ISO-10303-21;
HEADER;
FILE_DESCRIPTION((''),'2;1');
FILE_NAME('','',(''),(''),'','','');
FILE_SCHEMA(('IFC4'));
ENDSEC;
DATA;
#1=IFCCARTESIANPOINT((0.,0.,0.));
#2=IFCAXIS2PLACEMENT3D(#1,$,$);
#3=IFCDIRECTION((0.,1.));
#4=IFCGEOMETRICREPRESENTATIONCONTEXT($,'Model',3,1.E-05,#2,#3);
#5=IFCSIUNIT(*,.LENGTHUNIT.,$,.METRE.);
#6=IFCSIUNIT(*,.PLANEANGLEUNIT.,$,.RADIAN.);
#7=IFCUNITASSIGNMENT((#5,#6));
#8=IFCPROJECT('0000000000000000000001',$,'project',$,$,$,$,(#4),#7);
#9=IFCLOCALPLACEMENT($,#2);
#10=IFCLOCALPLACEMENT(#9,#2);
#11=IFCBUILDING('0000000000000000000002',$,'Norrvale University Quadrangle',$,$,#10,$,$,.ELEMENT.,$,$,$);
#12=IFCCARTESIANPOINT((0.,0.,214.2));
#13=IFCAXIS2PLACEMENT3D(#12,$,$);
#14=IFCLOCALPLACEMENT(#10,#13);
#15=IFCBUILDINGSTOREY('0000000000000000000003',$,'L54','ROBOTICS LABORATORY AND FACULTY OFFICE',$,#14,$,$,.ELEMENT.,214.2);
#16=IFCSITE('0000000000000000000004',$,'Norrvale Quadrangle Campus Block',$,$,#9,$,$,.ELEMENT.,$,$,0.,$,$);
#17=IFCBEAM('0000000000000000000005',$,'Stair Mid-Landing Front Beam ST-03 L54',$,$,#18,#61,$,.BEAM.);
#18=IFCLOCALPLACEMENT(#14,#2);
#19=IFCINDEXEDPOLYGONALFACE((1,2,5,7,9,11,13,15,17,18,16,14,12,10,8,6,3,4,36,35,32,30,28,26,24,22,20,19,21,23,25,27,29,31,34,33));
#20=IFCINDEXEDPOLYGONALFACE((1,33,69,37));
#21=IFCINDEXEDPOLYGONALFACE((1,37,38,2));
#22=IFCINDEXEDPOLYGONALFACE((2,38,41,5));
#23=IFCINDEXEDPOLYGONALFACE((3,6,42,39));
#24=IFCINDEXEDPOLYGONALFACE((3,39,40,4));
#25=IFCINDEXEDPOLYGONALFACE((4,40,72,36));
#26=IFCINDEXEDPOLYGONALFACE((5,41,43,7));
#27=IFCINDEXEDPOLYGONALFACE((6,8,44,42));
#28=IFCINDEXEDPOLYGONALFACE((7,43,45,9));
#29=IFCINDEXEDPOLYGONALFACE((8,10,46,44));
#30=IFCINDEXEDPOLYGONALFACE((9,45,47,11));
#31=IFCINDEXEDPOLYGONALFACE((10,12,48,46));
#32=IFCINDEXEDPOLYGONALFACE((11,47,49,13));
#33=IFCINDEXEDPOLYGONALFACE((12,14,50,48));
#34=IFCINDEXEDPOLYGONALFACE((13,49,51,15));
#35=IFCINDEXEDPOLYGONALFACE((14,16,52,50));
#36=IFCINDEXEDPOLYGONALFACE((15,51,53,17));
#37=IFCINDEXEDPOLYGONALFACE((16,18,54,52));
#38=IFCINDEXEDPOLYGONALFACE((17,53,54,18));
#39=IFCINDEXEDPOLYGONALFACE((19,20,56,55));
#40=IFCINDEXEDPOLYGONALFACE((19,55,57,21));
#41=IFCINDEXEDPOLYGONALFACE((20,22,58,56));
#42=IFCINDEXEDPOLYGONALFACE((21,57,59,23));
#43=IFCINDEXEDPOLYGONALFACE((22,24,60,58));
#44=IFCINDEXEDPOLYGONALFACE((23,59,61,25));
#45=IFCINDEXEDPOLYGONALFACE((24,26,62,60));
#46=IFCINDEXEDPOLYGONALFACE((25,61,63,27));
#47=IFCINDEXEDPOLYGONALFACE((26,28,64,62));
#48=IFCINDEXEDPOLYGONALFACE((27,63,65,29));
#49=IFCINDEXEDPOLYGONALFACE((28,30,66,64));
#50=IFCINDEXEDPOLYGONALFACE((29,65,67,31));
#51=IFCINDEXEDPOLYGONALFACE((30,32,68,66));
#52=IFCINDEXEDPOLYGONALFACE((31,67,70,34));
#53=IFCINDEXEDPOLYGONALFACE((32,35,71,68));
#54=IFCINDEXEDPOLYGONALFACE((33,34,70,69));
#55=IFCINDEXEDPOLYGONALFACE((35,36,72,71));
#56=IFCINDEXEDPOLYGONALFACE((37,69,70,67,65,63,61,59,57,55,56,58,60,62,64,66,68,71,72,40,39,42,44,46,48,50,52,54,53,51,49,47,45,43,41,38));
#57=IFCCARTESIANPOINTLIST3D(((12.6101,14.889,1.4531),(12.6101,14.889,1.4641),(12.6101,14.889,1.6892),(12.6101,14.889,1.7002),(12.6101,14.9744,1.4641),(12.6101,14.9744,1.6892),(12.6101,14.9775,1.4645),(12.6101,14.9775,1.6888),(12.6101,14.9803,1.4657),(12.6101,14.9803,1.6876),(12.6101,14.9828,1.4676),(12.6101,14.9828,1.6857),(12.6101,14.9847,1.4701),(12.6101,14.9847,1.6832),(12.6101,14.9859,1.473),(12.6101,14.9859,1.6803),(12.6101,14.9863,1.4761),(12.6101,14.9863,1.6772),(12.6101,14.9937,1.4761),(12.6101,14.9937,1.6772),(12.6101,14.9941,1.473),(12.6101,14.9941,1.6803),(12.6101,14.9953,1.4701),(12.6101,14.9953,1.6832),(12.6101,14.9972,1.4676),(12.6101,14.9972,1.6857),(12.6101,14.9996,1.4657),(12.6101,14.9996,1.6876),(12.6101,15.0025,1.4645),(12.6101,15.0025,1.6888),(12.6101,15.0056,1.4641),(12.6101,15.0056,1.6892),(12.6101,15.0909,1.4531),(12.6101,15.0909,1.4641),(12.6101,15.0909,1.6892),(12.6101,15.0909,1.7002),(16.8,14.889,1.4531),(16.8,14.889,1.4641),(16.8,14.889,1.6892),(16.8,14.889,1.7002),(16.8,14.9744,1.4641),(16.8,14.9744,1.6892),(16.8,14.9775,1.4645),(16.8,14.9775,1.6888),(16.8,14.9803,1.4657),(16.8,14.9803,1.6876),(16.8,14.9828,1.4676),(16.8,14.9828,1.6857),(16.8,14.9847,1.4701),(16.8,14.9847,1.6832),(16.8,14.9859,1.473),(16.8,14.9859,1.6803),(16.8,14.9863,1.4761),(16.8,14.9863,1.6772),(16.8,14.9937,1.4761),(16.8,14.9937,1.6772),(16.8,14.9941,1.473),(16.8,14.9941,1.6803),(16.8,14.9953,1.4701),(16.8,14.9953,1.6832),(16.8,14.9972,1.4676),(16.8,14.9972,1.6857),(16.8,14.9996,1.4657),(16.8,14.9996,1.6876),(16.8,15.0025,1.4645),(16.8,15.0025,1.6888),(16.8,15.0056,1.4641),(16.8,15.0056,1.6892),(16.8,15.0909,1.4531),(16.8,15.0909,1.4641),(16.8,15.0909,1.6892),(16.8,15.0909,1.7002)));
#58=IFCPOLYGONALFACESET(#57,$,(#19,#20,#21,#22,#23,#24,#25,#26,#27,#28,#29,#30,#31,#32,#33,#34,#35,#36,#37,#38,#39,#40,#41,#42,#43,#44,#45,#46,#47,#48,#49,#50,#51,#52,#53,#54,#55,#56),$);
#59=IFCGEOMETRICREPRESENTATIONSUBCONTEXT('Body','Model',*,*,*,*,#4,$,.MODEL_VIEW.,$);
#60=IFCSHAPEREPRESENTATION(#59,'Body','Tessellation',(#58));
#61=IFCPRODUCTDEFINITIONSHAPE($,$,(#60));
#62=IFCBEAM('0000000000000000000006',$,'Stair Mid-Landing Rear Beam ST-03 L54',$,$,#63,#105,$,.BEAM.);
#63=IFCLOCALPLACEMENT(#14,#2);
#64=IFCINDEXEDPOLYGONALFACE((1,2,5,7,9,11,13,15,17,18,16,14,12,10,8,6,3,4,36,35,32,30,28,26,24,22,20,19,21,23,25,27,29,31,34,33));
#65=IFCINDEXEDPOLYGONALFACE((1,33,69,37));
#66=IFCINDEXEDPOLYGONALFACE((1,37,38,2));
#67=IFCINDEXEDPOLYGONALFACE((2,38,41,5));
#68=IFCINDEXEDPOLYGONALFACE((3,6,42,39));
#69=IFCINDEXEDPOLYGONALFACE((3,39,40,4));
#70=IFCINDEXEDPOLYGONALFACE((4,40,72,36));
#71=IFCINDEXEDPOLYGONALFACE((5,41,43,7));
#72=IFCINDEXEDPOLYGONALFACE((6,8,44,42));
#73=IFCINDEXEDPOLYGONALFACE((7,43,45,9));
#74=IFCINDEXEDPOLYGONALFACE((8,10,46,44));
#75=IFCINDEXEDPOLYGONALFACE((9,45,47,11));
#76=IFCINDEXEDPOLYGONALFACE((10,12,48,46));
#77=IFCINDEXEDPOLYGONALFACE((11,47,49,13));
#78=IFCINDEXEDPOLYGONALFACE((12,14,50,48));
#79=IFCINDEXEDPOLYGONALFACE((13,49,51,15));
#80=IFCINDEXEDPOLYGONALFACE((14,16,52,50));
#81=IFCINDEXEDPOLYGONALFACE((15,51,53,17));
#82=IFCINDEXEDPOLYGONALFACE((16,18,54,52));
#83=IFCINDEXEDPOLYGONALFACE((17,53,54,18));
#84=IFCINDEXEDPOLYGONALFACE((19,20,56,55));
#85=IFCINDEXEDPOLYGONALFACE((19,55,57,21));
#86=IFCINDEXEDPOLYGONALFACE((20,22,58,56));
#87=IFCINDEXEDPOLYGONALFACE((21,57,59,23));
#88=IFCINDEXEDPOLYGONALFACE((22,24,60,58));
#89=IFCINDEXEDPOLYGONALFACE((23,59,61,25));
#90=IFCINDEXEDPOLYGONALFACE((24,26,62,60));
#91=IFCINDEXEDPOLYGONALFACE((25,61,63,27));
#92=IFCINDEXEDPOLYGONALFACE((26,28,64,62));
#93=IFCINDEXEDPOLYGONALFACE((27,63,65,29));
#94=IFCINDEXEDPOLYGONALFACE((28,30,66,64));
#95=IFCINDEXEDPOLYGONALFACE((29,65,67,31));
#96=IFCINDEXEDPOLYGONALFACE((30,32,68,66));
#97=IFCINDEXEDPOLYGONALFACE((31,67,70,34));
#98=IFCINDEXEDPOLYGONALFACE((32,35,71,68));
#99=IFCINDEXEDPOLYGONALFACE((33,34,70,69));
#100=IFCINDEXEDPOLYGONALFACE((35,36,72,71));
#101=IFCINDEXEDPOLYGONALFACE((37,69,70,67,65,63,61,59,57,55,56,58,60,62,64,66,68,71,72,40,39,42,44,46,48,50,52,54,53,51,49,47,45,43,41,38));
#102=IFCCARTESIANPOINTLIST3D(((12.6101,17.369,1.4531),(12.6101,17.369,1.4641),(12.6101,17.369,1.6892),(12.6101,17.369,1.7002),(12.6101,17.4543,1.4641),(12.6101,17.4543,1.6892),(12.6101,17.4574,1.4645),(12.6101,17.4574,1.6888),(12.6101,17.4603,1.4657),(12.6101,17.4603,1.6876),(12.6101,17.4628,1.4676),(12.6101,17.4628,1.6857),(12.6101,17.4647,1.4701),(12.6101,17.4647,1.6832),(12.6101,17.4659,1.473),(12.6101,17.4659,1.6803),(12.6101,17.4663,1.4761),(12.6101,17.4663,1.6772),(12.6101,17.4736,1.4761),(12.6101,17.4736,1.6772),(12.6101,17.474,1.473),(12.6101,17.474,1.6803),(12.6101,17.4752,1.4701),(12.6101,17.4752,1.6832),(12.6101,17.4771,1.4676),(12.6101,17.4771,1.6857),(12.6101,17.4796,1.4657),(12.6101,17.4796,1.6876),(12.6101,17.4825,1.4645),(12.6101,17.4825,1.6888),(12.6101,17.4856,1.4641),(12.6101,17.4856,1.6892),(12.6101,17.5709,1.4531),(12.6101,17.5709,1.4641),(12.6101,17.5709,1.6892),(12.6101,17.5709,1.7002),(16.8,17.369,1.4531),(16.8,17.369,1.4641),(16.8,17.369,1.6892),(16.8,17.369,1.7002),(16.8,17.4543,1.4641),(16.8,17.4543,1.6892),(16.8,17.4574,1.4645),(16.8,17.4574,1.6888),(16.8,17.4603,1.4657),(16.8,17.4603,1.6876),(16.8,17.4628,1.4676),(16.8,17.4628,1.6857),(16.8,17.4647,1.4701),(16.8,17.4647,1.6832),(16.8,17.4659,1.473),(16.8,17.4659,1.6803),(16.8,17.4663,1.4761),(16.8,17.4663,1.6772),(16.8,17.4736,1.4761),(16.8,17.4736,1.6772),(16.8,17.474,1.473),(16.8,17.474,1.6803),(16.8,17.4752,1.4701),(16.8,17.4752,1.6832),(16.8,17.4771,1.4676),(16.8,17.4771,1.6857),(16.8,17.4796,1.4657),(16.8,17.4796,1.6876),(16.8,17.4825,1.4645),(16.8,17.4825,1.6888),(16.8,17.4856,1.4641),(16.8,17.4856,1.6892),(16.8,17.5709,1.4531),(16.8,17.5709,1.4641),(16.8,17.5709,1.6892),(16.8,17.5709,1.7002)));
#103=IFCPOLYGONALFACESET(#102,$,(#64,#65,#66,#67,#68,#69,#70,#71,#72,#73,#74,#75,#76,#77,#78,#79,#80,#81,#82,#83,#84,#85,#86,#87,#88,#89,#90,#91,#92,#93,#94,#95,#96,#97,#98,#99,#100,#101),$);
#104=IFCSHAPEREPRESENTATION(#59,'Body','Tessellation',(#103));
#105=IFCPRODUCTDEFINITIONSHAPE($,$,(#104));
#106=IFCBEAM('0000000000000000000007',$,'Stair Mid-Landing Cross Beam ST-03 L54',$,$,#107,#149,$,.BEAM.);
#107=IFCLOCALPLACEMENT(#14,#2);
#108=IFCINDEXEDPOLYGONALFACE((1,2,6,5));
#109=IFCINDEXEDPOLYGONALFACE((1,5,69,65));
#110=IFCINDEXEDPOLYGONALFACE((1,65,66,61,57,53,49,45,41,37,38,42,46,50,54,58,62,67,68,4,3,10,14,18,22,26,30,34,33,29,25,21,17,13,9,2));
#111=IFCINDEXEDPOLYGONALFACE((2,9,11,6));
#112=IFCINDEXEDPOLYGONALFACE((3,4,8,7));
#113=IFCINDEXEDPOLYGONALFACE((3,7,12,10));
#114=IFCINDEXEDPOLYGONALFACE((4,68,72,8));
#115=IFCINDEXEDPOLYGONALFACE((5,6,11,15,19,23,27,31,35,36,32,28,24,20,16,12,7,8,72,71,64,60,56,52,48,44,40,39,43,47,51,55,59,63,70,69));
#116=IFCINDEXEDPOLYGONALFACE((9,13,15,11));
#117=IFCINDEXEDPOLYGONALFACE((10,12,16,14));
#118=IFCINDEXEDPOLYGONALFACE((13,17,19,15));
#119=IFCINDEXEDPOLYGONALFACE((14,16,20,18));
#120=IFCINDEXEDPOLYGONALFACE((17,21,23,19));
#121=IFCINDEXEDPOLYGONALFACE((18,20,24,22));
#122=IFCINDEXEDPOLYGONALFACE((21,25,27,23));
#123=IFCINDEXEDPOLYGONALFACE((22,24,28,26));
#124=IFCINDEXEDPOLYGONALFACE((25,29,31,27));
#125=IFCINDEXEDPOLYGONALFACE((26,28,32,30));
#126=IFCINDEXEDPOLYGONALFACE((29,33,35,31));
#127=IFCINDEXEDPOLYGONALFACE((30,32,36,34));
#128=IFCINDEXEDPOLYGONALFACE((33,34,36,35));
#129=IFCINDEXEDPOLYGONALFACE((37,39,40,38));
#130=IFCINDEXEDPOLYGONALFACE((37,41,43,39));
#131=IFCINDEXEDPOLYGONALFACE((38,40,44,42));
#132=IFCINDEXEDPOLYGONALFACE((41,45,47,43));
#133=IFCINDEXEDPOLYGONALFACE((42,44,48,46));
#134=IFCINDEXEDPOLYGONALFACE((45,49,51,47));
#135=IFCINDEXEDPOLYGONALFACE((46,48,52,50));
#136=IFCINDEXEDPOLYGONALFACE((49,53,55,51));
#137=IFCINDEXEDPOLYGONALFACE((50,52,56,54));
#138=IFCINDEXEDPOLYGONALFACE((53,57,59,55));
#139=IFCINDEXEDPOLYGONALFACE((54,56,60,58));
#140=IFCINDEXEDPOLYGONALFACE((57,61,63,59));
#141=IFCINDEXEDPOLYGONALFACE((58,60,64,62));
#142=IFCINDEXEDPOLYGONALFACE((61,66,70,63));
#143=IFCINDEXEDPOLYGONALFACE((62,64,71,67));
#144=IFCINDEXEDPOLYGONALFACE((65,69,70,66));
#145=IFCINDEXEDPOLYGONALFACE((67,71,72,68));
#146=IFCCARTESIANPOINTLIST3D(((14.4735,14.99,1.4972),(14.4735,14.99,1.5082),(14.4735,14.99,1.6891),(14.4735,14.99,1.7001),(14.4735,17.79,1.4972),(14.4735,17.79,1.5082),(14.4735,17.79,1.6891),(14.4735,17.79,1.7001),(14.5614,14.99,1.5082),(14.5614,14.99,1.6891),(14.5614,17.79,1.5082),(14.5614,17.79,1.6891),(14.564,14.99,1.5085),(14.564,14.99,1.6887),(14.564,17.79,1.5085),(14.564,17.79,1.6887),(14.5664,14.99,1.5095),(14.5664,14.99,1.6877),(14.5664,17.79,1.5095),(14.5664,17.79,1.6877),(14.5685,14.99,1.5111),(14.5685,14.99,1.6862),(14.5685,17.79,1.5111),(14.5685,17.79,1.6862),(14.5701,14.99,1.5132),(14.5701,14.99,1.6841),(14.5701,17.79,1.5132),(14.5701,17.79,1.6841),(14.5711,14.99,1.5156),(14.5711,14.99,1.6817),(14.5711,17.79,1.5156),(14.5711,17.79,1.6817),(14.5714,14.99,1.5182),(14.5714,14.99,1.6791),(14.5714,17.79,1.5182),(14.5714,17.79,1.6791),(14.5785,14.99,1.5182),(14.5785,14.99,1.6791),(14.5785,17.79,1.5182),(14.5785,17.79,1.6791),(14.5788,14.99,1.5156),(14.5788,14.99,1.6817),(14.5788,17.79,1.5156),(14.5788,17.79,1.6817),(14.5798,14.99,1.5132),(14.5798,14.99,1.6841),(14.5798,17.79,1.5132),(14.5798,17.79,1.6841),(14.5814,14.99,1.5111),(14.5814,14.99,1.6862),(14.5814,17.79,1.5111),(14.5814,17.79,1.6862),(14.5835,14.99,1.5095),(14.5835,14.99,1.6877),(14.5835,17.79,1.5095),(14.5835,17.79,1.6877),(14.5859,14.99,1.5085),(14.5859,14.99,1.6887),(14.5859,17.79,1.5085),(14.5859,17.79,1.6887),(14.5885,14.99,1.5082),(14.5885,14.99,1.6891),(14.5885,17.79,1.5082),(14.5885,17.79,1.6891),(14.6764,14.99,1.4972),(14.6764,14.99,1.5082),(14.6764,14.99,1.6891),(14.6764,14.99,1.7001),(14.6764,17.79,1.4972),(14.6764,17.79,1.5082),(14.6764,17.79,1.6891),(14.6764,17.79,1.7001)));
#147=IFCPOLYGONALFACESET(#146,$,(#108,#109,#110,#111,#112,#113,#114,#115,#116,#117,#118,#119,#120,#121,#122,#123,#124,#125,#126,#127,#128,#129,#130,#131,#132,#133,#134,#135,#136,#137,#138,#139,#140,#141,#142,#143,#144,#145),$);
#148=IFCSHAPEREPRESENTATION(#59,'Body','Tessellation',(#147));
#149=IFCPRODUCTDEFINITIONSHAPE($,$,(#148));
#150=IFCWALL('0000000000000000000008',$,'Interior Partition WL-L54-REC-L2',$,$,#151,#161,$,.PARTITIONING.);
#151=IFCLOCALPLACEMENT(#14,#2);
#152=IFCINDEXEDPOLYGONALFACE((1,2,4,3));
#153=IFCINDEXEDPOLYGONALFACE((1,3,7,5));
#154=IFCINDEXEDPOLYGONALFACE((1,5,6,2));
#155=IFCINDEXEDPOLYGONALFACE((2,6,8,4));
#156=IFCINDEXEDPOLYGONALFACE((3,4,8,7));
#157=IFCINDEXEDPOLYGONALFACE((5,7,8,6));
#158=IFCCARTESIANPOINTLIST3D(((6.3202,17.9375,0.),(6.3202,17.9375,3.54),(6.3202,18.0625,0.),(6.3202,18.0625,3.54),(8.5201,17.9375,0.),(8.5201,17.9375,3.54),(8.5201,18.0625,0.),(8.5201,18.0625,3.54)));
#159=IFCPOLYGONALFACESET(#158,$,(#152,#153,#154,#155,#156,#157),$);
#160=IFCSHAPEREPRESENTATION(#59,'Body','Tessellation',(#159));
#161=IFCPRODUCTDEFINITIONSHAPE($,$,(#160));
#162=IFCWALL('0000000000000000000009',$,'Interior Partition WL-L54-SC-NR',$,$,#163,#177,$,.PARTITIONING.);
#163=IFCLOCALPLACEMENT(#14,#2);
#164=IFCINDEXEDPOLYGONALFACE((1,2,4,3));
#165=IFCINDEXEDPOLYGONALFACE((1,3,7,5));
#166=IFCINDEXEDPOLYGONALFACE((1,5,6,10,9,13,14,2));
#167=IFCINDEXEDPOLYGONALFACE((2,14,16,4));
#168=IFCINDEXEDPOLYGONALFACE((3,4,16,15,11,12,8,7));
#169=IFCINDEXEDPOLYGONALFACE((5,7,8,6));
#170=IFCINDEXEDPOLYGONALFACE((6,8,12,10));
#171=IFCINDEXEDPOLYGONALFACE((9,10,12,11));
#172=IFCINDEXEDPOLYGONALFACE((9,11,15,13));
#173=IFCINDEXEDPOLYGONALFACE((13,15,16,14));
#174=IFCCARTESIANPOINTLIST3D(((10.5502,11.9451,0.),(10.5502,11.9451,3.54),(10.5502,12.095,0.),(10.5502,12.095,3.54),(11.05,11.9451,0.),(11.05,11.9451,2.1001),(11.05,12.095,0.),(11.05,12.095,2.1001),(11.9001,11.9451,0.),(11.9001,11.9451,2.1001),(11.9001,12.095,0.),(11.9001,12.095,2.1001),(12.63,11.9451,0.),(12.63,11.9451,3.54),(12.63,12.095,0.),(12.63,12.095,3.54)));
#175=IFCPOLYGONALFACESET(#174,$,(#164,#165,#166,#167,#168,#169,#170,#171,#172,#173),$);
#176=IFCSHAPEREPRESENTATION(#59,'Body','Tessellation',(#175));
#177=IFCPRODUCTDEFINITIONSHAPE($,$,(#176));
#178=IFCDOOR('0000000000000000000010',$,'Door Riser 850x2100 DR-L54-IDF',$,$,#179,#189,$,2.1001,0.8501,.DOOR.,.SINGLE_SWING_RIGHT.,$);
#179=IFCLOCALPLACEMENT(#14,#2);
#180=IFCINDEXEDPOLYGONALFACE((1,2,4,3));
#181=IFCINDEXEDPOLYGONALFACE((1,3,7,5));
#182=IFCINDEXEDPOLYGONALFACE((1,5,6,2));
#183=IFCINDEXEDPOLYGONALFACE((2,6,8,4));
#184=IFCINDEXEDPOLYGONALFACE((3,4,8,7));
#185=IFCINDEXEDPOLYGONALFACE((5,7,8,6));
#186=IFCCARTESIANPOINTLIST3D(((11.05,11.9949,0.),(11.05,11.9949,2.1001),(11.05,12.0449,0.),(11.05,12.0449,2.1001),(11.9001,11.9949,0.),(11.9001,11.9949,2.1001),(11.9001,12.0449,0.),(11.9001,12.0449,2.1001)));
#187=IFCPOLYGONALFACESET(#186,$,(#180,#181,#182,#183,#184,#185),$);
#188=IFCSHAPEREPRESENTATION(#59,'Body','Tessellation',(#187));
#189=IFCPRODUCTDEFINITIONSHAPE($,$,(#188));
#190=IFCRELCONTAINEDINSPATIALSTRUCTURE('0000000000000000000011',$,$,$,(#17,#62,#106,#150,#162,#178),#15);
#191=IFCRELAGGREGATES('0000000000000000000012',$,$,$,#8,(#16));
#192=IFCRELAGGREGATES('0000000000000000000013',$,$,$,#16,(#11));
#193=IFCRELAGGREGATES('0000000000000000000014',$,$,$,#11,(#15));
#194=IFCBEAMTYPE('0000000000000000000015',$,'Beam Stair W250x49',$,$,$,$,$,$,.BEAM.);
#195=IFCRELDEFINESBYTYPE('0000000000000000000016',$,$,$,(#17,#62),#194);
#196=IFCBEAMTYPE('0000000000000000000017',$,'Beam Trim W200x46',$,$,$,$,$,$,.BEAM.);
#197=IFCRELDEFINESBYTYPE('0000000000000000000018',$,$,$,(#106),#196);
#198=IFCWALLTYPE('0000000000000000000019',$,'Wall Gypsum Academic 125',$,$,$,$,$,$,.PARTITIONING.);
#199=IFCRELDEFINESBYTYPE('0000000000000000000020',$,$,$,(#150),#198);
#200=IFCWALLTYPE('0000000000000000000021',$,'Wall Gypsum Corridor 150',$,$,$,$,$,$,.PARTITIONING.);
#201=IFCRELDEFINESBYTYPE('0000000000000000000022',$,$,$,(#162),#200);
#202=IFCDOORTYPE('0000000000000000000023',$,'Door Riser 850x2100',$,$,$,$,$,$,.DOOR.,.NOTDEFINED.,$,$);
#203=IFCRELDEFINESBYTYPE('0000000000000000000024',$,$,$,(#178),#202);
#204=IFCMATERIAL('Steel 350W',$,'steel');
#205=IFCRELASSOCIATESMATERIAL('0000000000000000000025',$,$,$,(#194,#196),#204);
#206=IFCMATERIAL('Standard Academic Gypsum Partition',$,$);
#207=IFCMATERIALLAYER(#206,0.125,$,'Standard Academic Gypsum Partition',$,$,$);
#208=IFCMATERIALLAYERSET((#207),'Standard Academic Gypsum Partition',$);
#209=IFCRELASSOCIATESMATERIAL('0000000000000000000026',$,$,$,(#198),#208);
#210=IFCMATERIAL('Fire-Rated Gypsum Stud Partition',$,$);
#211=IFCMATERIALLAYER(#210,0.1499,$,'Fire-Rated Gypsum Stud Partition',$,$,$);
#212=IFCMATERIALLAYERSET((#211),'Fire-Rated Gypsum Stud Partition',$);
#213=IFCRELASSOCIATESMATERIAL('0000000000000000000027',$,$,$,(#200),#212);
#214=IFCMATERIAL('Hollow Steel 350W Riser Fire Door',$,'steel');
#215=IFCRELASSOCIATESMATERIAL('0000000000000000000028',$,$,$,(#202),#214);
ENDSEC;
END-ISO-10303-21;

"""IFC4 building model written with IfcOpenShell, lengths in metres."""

from ifc_helpers import new_model, si_unit, direction, frame, frame_2d, origin, origin_2d, place, context, subcontext, project, spatial, rectangle, i_section, extrude, material, layer, layer_set, material_profile, profile_set, type_object, element, fill, save


model = new_model("IFC4")

# Units and contexts
model_context = context("Model", 3, precision=1e-05, world=origin(), true_north=direction((0.0, 1.0)))
body_context = subcontext(model_context, "Body", "Model", "MODEL_VIEW")
ifc_project = project(units=[si_unit("LENGTHUNIT", "METRE"), si_unit("PLANEANGLEUNIT", "RADIAN")], contexts=[model_context])

# Site, building, storey
site_placement = place(None, origin())
site = spatial("IfcSite", under=ifc_project, at=site_placement, Name="Norrvale Quadrangle Campus Block", CompositionType="ELEMENT", RefElevation=0.0)
building_placement = place(site_placement, origin())
building = spatial("IfcBuilding", under=site, at=building_placement, Name="Norrvale University Quadrangle", CompositionType="ELEMENT")
storey_placement = place(building_placement, frame((0.0, 0.0, 214.2)))
storey = spatial("IfcBuildingStorey", under=building, at=storey_placement, Name="L54", Description="ROBOTICS LABORATORY AND FACULTY OFFICE", CompositionType="ELEMENT", Elevation=214.2)

# Beams
ifc_material_1 = material(Name="Steel 350W", Category="steel")
ifc_material_profile_1 = material_profile(ifc_material_1, i_section(OverallWidth=0.2019, OverallDepth=0.2471, WebThickness=0.0073, FlangeThickness=0.011, FilletRadius=0.012, at=origin_2d()), Name="Steel 350W")
ifc_profile_set_1 = profile_set([ifc_material_profile_1], Name="Steel 350W")
beam_type_1 = type_object("IfcBeamType", Name="Beam Stair W250x49", PredefinedType="BEAM", material=ifc_profile_set_1)
for number, where, z_axis, x_axis, name in (
    (1, (12.6101, 14.99, 1.5767), (1.0, 0.0, 0.0), (0.0, 1.0, 0.0), "Stair Mid-Landing Front Beam ST-03 L54"),
    (2, (12.6101, 17.47, 1.5767), (1.0, 0.0, 0.0), (0.0, 1.0, 0.0), "Stair Mid-Landing Rear Beam ST-03 L54"),
):
    element("IfcBeam", number, at=place(storey_placement, frame(where, z_axis=z_axis, x_axis=x_axis)), inside=storey, type_object=beam_type_1, Name=name, PredefinedType="BEAM", context=body_context, shape_type="SweptSolid", body=[
        extrude(i_section(OverallWidth=0.2019, OverallDepth=0.2471, WebThickness=0.0073, FlangeThickness=0.011, FilletRadius=0.012, at=origin_2d()), origin(), (0.0, 0.0, 1.0), 4.1899),
    ])
ifc_material_profile_2 = material_profile(ifc_material_1, i_section(OverallWidth=0.2029, OverallDepth=0.2029, WebThickness=0.0071, FlangeThickness=0.011, FilletRadius=0.01, at=origin_2d()), Name="Steel 350W")
ifc_profile_set_2 = profile_set([ifc_material_profile_2], Name="Steel 350W")
beam_type_2 = type_object("IfcBeamType", Name="Beam Trim W200x46", PredefinedType="BEAM", material=ifc_profile_set_2)
beam_placement = place(storey_placement, frame((14.575, 14.99, 1.5986), z_axis=(0.0, 1.0, 0.0), x_axis=(-1.0, 0.0, 0.0)))
element("IfcBeam", 3, at=beam_placement, inside=storey, type_object=beam_type_2, Name="Stair Mid-Landing Cross Beam ST-03 L54", PredefinedType="BEAM", context=body_context, shape_type="SweptSolid", body=[
    extrude(i_section(OverallWidth=0.2029, OverallDepth=0.2029, WebThickness=0.0071, FlangeThickness=0.011, FilletRadius=0.01, at=origin_2d()), origin(), (0.0, 0.0, 1.0), 2.8),
])

# Wall
ifc_material_2 = material(Name="Standard Academic Gypsum Partition")
ifc_layer_1 = layer(ifc_material_2, 0.125, Name="Standard Academic Gypsum Partition")
ifc_layer_set_1 = layer_set([ifc_layer_1], Name="Standard Academic Gypsum Partition")
wall_type_1 = type_object("IfcWallType", Name="Wall Gypsum Academic 125", PredefinedType="PARTITIONING", material=ifc_layer_set_1)
wall_1_placement = place(storey_placement, frame((6.3201, 18.0, 0.0), z_axis=(0.0, 0.0, 1.0), x_axis=(1.0, 0.0, 0.0)))
element("IfcWall", 4, at=wall_1_placement, inside=storey, type_object=wall_type_1, Name="Interior Partition WL-L54-REC-L2", PredefinedType="PARTITIONING", context=body_context, shape_type="SweptSolid", body=[
    extrude(rectangle(XDim=2.2, YDim=0.125, at=frame_2d((1.1001, 0.0))), origin(), (0.0, 0.0, 1.0), 3.54),
])

# Wall, opening, door
ifc_material_3 = material(Name="Fire-Rated Gypsum Stud Partition")
ifc_layer_2 = layer(ifc_material_3, 0.1499, Name="Fire-Rated Gypsum Stud Partition")
ifc_layer_set_2 = layer_set([ifc_layer_2], Name="Fire-Rated Gypsum Stud Partition")
wall_type_2 = type_object("IfcWallType", Name="Wall Gypsum Corridor 150", PredefinedType="PARTITIONING", material=ifc_layer_set_2)
wall_2_placement = place(storey_placement, frame((10.55, 12.02, 0.0), z_axis=(0.0, 0.0, 1.0), x_axis=(1.0, 0.0, 0.0)))
wall_2 = element("IfcWall", 5, at=wall_2_placement, inside=storey, type_object=wall_type_2, Name="Interior Partition WL-L54-SC-NR", PredefinedType="PARTITIONING", context=body_context, shape_type="SweptSolid", body=[
    extrude(rectangle(XDim=2.0798, YDim=0.1499, at=frame_2d((1.04, 0.0))), origin(), (0.0, 0.0, 1.0), 3.54),
])
opening_1_placement = place(wall_2_placement, frame((0.5, 0.0, 0.0)))
opening_1 = element("IfcOpeningElement", 6, at=opening_1_placement, cuts=wall_2, PredefinedType="OPENING", context=body_context, shape_type="SweptSolid", body=[
    extrude(rectangle(XDim=0.8501, YDim=2.1001, at=frame_2d((0.425, 1.05))), frame((0.0, 0.0869, 0.0), z_axis=(0.0, -1.0, 0.0), x_axis=(1.0, 0.0, 0.0)), (0.0, 0.0, 1.0), 0.1738),
])
ifc_material_4 = material(Name="Hollow Steel 350W Riser Fire Door", Category="steel")
door_type_1 = type_object("IfcDoorType", Name="Door Riser 850x2100", OperationType="NOTDEFINED", PredefinedType="DOOR", material=ifc_material_4)
door_1_placement = place(opening_1_placement, origin())
door_1 = element("IfcDoor", 7, at=door_1_placement, inside=storey, type_object=door_type_1, Name="Door Riser 850x2100 DR-L54-IDF", OperationType="SINGLE_SWING_RIGHT", OverallHeight=2.1001, OverallWidth=0.8501, PredefinedType="DOOR", context=body_context, shape_type="SweptSolid", body=[
    extrude(rectangle(XDim=0.8501, YDim=2.1001, at=frame_2d((0.425, 1.05))), frame((0.0, 0.0249, 0.0), z_axis=(0.0, -1.0, 0.0), x_axis=(1.0, 0.0, 0.0)), (0.0, 0.0, 1.0), 0.05),
])
fill(opening_1, door_1)

save(model, "model.ifc")
